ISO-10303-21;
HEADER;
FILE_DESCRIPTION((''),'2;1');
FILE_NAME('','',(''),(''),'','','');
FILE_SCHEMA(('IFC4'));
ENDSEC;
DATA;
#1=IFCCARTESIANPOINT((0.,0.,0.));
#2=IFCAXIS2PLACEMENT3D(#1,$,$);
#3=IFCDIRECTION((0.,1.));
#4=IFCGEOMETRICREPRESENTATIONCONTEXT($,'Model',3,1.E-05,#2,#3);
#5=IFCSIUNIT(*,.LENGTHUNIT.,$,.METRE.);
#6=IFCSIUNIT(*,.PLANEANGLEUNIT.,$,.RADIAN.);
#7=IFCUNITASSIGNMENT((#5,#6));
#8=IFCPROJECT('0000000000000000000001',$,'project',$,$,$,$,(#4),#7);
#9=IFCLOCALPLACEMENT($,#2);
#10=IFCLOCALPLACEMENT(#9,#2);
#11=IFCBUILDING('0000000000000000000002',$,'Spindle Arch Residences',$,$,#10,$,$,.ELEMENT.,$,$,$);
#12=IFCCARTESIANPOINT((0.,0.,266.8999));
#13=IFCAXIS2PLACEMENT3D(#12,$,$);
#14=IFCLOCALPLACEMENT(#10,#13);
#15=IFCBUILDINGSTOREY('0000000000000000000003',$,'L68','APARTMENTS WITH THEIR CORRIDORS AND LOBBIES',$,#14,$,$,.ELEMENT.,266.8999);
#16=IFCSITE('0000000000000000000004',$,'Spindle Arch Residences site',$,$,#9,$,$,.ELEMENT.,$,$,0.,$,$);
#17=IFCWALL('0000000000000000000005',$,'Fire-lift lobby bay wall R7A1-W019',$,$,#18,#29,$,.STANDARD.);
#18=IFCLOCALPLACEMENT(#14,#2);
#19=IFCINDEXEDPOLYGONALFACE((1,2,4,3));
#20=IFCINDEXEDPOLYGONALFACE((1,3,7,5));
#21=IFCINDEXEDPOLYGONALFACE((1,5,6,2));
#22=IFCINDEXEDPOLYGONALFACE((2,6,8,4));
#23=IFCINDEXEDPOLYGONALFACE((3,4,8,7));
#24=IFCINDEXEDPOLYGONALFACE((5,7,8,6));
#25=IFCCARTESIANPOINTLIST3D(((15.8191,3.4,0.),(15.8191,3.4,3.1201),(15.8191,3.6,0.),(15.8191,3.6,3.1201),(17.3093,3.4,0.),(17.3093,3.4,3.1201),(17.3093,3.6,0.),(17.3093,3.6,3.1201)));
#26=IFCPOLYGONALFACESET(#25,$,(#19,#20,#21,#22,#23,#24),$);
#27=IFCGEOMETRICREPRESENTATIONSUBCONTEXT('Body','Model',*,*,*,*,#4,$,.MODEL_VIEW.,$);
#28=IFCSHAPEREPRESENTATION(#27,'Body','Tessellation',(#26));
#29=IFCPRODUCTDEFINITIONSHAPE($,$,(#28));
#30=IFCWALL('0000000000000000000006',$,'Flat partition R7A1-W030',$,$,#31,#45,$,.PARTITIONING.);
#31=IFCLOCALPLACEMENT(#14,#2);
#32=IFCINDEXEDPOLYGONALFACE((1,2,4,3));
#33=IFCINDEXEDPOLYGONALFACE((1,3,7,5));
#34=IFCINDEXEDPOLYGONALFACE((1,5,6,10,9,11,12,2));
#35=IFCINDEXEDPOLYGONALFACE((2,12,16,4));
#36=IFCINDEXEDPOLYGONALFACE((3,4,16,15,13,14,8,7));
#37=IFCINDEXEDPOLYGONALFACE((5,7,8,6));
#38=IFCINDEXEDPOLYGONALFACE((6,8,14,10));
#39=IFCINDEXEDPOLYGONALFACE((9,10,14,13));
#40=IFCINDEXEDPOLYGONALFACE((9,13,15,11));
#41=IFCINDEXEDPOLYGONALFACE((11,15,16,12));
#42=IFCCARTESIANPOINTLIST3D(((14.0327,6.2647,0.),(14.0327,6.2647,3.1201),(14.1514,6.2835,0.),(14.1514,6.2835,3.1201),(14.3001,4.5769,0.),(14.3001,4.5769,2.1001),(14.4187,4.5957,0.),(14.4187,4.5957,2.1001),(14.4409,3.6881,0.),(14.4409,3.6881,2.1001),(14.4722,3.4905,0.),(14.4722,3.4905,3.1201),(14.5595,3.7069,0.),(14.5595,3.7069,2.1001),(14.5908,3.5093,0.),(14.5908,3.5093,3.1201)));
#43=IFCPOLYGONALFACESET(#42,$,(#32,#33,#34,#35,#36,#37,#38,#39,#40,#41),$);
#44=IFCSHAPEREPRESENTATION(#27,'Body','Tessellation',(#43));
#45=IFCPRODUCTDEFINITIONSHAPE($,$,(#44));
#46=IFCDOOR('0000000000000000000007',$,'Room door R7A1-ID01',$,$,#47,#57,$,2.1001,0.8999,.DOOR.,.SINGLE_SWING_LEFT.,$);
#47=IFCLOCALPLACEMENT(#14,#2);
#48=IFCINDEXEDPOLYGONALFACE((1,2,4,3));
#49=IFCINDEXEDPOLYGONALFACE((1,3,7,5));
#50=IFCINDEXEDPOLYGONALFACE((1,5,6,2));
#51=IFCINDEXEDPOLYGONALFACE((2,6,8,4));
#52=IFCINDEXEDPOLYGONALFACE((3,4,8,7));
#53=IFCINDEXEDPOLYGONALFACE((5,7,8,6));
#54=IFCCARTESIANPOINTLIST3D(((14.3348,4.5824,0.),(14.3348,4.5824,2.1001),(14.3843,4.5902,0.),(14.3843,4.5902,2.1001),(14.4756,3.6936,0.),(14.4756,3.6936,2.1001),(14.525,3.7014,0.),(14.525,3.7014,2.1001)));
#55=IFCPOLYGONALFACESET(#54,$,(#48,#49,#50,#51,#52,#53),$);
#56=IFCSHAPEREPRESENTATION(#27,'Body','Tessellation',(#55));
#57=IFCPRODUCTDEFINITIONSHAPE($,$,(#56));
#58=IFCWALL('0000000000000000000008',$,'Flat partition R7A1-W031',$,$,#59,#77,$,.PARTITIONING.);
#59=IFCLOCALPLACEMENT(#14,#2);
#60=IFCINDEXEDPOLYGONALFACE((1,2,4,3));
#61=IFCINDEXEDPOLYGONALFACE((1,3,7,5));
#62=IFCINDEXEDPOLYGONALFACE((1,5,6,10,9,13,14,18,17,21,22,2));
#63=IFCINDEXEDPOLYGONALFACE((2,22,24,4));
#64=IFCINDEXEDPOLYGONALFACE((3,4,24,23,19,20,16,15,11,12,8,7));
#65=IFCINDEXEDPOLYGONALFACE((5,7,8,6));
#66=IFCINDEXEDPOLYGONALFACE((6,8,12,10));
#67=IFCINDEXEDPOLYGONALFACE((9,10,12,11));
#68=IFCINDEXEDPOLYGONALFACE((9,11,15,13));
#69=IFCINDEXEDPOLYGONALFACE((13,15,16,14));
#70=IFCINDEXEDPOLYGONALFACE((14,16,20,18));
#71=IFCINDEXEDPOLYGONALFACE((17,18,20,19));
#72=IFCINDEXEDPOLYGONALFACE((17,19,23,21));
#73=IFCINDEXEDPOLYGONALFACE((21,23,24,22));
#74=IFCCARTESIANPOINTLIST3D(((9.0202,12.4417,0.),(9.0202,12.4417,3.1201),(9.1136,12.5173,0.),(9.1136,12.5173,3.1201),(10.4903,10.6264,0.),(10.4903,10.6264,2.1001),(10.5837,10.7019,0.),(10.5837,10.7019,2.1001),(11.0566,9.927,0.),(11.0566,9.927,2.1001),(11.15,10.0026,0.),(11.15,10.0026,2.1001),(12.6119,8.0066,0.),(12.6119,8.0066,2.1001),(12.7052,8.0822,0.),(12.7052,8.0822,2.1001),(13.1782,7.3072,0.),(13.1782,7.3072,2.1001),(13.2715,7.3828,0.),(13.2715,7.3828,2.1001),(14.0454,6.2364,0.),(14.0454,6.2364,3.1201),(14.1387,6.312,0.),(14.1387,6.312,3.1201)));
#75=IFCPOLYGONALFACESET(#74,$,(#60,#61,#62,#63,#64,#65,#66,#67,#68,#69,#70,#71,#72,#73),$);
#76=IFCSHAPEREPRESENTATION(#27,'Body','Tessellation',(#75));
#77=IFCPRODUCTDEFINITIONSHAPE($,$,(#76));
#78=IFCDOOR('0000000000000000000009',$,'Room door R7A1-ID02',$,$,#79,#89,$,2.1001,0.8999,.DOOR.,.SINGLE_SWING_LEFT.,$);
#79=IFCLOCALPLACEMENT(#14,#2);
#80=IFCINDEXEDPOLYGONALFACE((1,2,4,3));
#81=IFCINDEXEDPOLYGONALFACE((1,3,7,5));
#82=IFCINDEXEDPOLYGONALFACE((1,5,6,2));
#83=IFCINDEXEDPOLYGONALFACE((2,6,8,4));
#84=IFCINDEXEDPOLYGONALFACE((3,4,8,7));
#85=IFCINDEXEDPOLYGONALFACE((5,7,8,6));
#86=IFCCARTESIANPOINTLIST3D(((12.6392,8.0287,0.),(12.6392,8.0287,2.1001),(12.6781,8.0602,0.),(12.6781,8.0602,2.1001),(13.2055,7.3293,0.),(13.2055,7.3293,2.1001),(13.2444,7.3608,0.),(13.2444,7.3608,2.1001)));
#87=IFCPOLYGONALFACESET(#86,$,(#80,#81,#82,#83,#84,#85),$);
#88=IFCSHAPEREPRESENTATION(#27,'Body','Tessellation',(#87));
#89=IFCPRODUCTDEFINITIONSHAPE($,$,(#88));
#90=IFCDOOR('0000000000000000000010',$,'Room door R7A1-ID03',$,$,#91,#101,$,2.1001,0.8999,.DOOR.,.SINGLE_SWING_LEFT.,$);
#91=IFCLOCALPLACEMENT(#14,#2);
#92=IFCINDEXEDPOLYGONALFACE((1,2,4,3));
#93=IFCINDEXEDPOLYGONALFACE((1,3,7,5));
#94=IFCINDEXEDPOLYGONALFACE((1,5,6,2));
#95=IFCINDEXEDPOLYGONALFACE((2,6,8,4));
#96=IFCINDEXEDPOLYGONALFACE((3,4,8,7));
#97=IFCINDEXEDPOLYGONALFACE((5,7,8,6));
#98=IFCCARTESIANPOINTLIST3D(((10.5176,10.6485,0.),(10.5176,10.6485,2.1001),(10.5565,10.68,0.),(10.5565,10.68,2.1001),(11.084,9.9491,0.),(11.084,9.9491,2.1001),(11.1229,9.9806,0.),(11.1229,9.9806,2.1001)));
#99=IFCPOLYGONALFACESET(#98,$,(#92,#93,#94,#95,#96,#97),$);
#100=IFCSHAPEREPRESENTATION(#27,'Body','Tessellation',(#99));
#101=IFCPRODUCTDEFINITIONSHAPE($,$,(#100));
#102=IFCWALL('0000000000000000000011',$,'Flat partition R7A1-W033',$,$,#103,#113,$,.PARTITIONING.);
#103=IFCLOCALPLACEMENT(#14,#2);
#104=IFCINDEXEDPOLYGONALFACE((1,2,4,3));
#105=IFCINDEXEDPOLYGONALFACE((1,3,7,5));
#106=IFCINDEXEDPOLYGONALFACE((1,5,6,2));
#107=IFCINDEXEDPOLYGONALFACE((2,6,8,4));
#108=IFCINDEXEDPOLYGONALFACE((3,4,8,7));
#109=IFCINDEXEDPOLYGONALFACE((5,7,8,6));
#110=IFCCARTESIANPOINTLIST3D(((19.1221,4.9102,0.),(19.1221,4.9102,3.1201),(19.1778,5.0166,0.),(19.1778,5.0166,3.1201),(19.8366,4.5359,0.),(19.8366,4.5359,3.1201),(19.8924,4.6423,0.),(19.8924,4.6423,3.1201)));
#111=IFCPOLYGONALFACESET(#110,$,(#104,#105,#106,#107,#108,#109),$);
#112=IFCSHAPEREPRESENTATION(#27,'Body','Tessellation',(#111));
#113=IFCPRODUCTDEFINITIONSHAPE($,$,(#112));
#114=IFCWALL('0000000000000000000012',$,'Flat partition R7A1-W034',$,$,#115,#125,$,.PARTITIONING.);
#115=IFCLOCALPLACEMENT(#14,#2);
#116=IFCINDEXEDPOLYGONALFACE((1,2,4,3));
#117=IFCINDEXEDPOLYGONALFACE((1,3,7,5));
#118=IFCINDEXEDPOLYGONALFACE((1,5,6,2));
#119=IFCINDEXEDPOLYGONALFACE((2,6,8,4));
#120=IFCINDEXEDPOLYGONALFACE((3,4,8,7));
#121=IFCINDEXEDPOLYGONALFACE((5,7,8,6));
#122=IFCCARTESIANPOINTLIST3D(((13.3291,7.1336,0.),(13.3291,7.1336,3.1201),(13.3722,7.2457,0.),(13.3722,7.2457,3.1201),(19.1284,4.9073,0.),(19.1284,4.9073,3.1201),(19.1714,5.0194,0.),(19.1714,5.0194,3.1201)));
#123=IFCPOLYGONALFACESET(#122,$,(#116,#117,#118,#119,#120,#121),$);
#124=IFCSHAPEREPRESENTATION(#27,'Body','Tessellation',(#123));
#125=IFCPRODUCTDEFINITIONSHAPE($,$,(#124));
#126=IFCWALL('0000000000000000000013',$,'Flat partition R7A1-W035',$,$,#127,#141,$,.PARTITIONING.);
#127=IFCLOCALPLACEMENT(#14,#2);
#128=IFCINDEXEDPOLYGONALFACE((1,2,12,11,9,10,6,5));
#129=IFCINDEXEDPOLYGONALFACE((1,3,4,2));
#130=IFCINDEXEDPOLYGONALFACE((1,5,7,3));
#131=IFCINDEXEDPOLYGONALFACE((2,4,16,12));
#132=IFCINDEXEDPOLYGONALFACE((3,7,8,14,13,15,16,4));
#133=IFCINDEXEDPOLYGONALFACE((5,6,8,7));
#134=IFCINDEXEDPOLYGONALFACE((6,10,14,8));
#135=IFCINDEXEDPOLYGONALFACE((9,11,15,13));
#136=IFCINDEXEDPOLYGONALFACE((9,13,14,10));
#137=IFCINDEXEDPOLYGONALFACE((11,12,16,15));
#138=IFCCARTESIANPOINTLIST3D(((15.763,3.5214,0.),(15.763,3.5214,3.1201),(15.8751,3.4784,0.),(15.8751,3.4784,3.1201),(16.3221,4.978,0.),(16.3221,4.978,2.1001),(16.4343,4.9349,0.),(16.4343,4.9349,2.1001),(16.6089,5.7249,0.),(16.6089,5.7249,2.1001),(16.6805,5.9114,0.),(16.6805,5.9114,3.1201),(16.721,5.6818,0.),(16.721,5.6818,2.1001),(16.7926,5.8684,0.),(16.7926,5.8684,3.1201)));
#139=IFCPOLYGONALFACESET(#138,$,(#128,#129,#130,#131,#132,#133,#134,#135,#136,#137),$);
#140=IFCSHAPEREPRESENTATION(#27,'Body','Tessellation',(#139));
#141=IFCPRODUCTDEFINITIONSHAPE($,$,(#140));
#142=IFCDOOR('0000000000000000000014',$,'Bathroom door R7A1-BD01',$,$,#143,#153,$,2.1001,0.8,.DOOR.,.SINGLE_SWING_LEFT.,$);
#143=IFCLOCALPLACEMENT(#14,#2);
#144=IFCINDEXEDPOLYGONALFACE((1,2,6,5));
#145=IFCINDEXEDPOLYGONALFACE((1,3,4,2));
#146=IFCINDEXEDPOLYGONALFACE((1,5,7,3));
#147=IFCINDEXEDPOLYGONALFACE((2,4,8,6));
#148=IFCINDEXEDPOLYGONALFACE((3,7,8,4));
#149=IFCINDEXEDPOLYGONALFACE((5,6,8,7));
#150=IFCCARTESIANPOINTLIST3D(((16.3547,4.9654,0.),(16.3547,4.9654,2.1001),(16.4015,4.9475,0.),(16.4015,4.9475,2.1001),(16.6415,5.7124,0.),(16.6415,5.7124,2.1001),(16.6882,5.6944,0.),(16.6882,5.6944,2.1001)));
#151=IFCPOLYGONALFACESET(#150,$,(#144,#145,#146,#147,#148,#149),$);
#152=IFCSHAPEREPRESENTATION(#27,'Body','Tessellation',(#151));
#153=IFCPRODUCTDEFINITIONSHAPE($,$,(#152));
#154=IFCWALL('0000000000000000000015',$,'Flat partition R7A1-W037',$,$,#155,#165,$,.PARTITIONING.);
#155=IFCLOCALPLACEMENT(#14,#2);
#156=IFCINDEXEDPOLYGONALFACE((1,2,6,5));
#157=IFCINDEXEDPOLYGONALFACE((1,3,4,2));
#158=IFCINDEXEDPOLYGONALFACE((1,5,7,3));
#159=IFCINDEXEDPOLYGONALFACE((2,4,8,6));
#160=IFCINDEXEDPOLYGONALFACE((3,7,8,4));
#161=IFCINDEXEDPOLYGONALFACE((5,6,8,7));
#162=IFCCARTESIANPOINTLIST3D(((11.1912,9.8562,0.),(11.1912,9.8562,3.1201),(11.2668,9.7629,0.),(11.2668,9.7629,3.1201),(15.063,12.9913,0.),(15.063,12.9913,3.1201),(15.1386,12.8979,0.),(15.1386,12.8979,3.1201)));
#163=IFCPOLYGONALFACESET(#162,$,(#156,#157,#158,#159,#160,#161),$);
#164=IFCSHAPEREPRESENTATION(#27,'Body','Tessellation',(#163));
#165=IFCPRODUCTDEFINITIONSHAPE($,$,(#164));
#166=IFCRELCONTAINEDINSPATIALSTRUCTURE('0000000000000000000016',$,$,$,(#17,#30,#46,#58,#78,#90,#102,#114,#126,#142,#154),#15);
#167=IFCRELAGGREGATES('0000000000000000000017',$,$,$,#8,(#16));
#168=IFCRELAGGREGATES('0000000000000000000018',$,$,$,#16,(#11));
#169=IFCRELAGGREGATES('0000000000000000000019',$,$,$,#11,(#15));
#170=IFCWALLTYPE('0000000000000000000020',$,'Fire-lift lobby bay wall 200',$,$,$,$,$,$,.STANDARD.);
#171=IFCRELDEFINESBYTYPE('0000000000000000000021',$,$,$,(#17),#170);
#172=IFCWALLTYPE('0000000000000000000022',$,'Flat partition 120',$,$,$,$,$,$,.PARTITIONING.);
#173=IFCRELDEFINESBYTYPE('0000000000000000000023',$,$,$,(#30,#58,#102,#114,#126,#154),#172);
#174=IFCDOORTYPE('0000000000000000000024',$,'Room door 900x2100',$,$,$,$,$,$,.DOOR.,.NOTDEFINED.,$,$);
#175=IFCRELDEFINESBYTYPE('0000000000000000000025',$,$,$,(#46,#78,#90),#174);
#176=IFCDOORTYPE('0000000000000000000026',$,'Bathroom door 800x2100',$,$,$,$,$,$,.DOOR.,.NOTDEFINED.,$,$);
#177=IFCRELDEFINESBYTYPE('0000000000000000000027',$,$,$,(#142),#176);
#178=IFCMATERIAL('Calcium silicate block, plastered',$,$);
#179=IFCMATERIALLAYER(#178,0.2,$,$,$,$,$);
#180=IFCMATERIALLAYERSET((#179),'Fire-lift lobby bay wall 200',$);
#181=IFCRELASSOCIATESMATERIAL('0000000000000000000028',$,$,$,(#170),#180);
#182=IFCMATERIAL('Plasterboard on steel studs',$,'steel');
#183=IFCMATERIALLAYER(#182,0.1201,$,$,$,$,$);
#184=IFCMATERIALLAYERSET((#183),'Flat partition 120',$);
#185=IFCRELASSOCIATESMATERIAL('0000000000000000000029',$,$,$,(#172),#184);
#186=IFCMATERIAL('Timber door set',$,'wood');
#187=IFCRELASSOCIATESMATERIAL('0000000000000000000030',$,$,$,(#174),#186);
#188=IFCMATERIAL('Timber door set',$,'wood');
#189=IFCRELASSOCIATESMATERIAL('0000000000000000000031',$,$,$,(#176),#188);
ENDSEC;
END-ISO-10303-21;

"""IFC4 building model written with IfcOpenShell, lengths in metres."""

from ifc_helpers import new_model, si_unit, direction, frame, frame_2d, origin, place, context, subcontext, project, spatial, rectangle, extrude, material, layer, layer_set, type_object, element, fill, save


model = new_model("IFC4")

# Units and contexts
model_context = context("Model", 3, precision=1e-05, world=origin(), true_north=direction((0.0, 1.0)))
body_context = subcontext(model_context, "Body", "Model", "MODEL_VIEW")
ifc_project = project(units=[si_unit("LENGTHUNIT", "METRE"), si_unit("PLANEANGLEUNIT", "RADIAN")], contexts=[model_context])

# Site, building, storey
site_placement = place(None, origin())
site = spatial("IfcSite", under=ifc_project, at=site_placement, Name="Spindle Arch Residences site", CompositionType="ELEMENT", RefElevation=0.0)
building_placement = place(site_placement, origin())
building = spatial("IfcBuilding", under=site, at=building_placement, Name="Spindle Arch Residences", CompositionType="ELEMENT")
storey_placement = place(building_placement, frame((0.0, 0.0, 266.8999)))
storey = spatial("IfcBuildingStorey", under=building, at=storey_placement, Name="L68", Description="APARTMENTS WITH THEIR CORRIDORS AND LOBBIES", CompositionType="ELEMENT", Elevation=266.8999)

# Wall
ifc_material_1 = material(Name="Calcium silicate block, plastered")
ifc_layer_1 = layer(ifc_material_1, 0.2)
ifc_layer_set_1 = layer_set([ifc_layer_1], Name="Fire-lift lobby bay wall 200")
wall_type_1 = type_object("IfcWallType", Name="Fire-lift lobby bay wall 200", PredefinedType="STANDARD", material=ifc_layer_set_1)
wall_1_placement = place(storey_placement, frame((17.3093, 3.5, 0.0), z_axis=(0.0, 0.0, 1.0), x_axis=(-1.0, 0.0, 0.0)))
element("IfcWall", 1, at=wall_1_placement, inside=storey, type_object=wall_type_1, Name="Fire-lift lobby bay wall R7A1-W019", PredefinedType="STANDARD", context=body_context, shape_type="SweptSolid", body=[
    extrude(rectangle(XDim=1.4902, YDim=0.2, at=frame_2d((0.7451, 0.0))), origin(), (0.0, 0.0, 1.0), 3.1201),
])

# Wall, opening, door
ifc_material_2 = material(Name="Plasterboard on steel studs", Category="steel")
ifc_layer_2 = layer(ifc_material_2, 0.1201)
ifc_layer_set_2 = layer_set([ifc_layer_2], Name="Flat partition 120")
wall_type_2 = type_object("IfcWallType", Name="Flat partition 120", PredefinedType="PARTITIONING", material=ifc_layer_set_2)
wall_2_placement = place(storey_placement, frame((14.5315, 3.5, 0.0), z_axis=(0.0, 0.0, 1.0), x_axis=(-0.156458, 0.987685, 0.0)))
wall_2 = element("IfcWall", 2, at=wall_2_placement, inside=storey, type_object=wall_type_2, Name="Flat partition R7A1-W030", PredefinedType="PARTITIONING", context=body_context, shape_type="SweptSolid", body=[
    extrude(rectangle(XDim=2.8088, YDim=0.1201, at=frame_2d((1.4043, 0.0))), origin(), (0.0, 0.0, 1.0), 3.1201),
])
opening_1_placement = place(wall_2_placement, frame((0.2, 0.0, 0.0)))
opening_1 = element("IfcOpeningElement", 3, at=opening_1_placement, cuts=wall_2, PredefinedType="OPENING", context=body_context, shape_type="SweptSolid", body=[
    extrude(rectangle(XDim=0.8999, YDim=2.1001, at=frame_2d((0.45, 1.05))), frame((0.0, 0.0701, 0.0), z_axis=(0.0, -1.0, 0.0), x_axis=(1.0, 0.0, 0.0)), (0.0, 0.0, 1.0), 0.1401),
])
ifc_material_3 = material(Name="Timber door set", Category="wood")
door_type_1 = type_object("IfcDoorType", Name="Room door 900x2100", OperationType="NOTDEFINED", PredefinedType="DOOR", material=ifc_material_3)
door_1_placement = place(opening_1_placement, origin())
door_1 = element("IfcDoor", 4, at=door_1_placement, inside=storey, type_object=door_type_1, Name="Room door R7A1-ID01", OperationType="SINGLE_SWING_LEFT", OverallHeight=2.1001, OverallWidth=0.8999, PredefinedType="DOOR", context=body_context, shape_type="SweptSolid", body=[
    extrude(rectangle(XDim=0.8999, YDim=2.1001, at=frame_2d((0.45, 1.05))), frame((0.0, 0.0249, 0.0), z_axis=(0.0, -1.0, 0.0), x_axis=(1.0, 0.0, 0.0)), (0.0, 0.0, 1.0), 0.05),
])
fill(opening_1, door_1)

# Wall, openings, doors
wall_3_placement = place(storey_placement, frame((14.092, 6.2742, 0.0), z_axis=(0.0, 0.0, 1.0), x_axis=(-0.629334, 0.777135, 0.0)))
wall_3 = element("IfcWall", 5, at=wall_3_placement, inside=storey, type_object=wall_type_2, Name="Flat partition R7A1-W031", PredefinedType="PARTITIONING", context=body_context, shape_type="SweptSolid", body=[
    extrude(rectangle(XDim=7.9849, YDim=0.1201, at=frame_2d((3.9924, 0.0))), origin(), (0.0, 0.0, 1.0), 3.1201),
])
opening_2_placement = place(wall_3_placement, frame((1.3779, 0.0, 0.0)))
opening_2 = element("IfcOpeningElement", 6, at=opening_2_placement, cuts=wall_3, PredefinedType="OPENING", context=body_context, shape_type="SweptSolid", body=[
    extrude(rectangle(XDim=0.8999, YDim=2.1001, at=frame_2d((0.45, 1.05))), frame((0.0, 0.0701, 0.0), z_axis=(0.0, -1.0, 0.0), x_axis=(1.0, 0.0, 0.0)), (0.0, 0.0, 1.0), 0.1401),
])
opening_3_placement = place(wall_3_placement, frame((4.749, 0.0, 0.0)))
opening_3 = element("IfcOpeningElement", 7, at=opening_3_placement, cuts=wall_3, PredefinedType="OPENING", context=body_context, shape_type="SweptSolid", body=[
    extrude(rectangle(XDim=0.8999, YDim=2.1001, at=frame_2d((0.45, 1.05))), frame((0.0, 0.0701, 0.0), z_axis=(0.0, -1.0, 0.0), x_axis=(1.0, 0.0, 0.0)), (0.0, 0.0, 1.0), 0.1401),
])
door_2_placement = place(opening_2_placement, origin())
door_2 = element("IfcDoor", 8, at=door_2_placement, inside=storey, type_object=door_type_1, Name="Room door R7A1-ID02", OperationType="SINGLE_SWING_LEFT", OverallHeight=2.1001, OverallWidth=0.8999, PredefinedType="DOOR", context=body_context, shape_type="SweptSolid", body=[
    extrude(rectangle(XDim=0.8999, YDim=2.1001, at=frame_2d((0.45, 1.05))), frame((0.0, 0.0249, 0.0), z_axis=(0.0, -1.0, 0.0), x_axis=(1.0, 0.0, 0.0)), (0.0, 0.0, 1.0), 0.05),
])
fill(opening_2, door_2)
door_3_placement = place(opening_3_placement, origin())
door_3 = element("IfcDoor", 9, at=door_3_placement, inside=storey, type_object=door_type_1, Name="Room door R7A1-ID03", OperationType="SINGLE_SWING_LEFT", OverallHeight=2.1001, OverallWidth=0.8999, PredefinedType="DOOR", context=body_context, shape_type="SweptSolid", body=[
    extrude(rectangle(XDim=0.8999, YDim=2.1001, at=frame_2d((0.45, 1.05))), frame((0.0, 0.0249, 0.0), z_axis=(0.0, -1.0, 0.0), x_axis=(1.0, 0.0, 0.0)), (0.0, 0.0, 1.0), 0.05),
])
fill(opening_3, door_3)

# Walls
wall_4_placement = place(storey_placement, frame((19.8645, 4.5891, 0.0), z_axis=(0.0, 0.0, 1.0), x_axis=(-0.885855, 0.463962, 0.0)))
element("IfcWall", 10, at=wall_4_placement, inside=storey, type_object=wall_type_2, Name="Flat partition R7A1-W033", PredefinedType="PARTITIONING", context=body_context, shape_type="SweptSolid", body=[
    extrude(rectangle(XDim=0.8066, YDim=0.1201, at=frame_2d((0.4033, 0.0))), origin(), (0.0, 0.0, 1.0), 3.1201),
])
wall_5_placement = place(storey_placement, frame((19.1499, 4.9634, 0.0), z_axis=(0.0, 0.0, 1.0), x_axis=(-0.933571, 0.358392, 0.0)))
element("IfcWall", 11, at=wall_5_placement, inside=storey, type_object=wall_type_2, Name="Flat partition R7A1-W034", PredefinedType="PARTITIONING", context=body_context, shape_type="SweptSolid", body=[
    extrude(rectangle(XDim=6.2119, YDim=0.1201, at=frame_2d((3.106, 0.0))), origin(), (0.0, 0.0, 1.0), 3.1201),
])

# Wall, opening, door
wall_6_placement = place(storey_placement, frame((16.7366, 5.8899, 0.0), z_axis=(0.0, 0.0, 1.0), x_axis=(-0.358397, -0.933569, 0.0)))
wall_6 = element("IfcWall", 12, at=wall_6_placement, inside=storey, type_object=wall_type_2, Name="Flat partition R7A1-W035", PredefinedType="PARTITIONING", context=body_context, shape_type="SweptSolid", body=[
    extrude(rectangle(XDim=2.5601, YDim=0.1201, at=frame_2d((1.28, 0.0))), origin(), (0.0, 0.0, 1.0), 3.1201),
])
opening_4_placement = place(wall_6_placement, frame((0.2, 0.0, 0.0)))
opening_4 = element("IfcOpeningElement", 13, at=opening_4_placement, cuts=wall_6, PredefinedType="OPENING", context=body_context, shape_type="SweptSolid", body=[
    extrude(rectangle(XDim=0.8, YDim=2.1001, at=frame_2d((0.3999, 1.05))), frame((0.0, 0.0701, 0.0), z_axis=(0.0, -1.0, 0.0), x_axis=(1.0, 0.0, 0.0)), (0.0, 0.0, 1.0), 0.1401),
])
ifc_material_4 = material(Name="Timber door set", Category="wood")
door_type_2 = type_object("IfcDoorType", Name="Bathroom door 800x2100", OperationType="NOTDEFINED", PredefinedType="DOOR", material=ifc_material_4)
door_4_placement = place(opening_4_placement, origin())
door_4 = element("IfcDoor", 14, at=door_4_placement, inside=storey, type_object=door_type_2, Name="Bathroom door R7A1-BD01", OperationType="SINGLE_SWING_LEFT", OverallHeight=2.1001, OverallWidth=0.8, PredefinedType="DOOR", context=body_context, shape_type="SweptSolid", body=[
    extrude(rectangle(XDim=0.8, YDim=2.1001, at=frame_2d((0.3999, 1.05))), frame((0.0, 0.0249, 0.0), z_axis=(0.0, -1.0, 0.0), x_axis=(1.0, 0.0, 0.0)), (0.0, 0.0, 1.0), 0.05),
])
fill(opening_4, door_4)

# Wall
wall_7_placement = place(storey_placement, frame((15.1008, 12.9446, 0.0), z_axis=(0.0, 0.0, 1.0), x_axis=(-0.777179, -0.62928, 0.0)))
element("IfcWall", 15, at=wall_7_placement, inside=storey, type_object=wall_type_2, Name="Flat partition R7A1-W037", PredefinedType="PARTITIONING", context=body_context, shape_type="SweptSolid", body=[
    extrude(rectangle(XDim=4.9819, YDim=0.1201, at=frame_2d((2.491, 0.0))), origin(), (0.0, 0.0, 1.0), 3.1201),
])

save(model, "model.ifc")
